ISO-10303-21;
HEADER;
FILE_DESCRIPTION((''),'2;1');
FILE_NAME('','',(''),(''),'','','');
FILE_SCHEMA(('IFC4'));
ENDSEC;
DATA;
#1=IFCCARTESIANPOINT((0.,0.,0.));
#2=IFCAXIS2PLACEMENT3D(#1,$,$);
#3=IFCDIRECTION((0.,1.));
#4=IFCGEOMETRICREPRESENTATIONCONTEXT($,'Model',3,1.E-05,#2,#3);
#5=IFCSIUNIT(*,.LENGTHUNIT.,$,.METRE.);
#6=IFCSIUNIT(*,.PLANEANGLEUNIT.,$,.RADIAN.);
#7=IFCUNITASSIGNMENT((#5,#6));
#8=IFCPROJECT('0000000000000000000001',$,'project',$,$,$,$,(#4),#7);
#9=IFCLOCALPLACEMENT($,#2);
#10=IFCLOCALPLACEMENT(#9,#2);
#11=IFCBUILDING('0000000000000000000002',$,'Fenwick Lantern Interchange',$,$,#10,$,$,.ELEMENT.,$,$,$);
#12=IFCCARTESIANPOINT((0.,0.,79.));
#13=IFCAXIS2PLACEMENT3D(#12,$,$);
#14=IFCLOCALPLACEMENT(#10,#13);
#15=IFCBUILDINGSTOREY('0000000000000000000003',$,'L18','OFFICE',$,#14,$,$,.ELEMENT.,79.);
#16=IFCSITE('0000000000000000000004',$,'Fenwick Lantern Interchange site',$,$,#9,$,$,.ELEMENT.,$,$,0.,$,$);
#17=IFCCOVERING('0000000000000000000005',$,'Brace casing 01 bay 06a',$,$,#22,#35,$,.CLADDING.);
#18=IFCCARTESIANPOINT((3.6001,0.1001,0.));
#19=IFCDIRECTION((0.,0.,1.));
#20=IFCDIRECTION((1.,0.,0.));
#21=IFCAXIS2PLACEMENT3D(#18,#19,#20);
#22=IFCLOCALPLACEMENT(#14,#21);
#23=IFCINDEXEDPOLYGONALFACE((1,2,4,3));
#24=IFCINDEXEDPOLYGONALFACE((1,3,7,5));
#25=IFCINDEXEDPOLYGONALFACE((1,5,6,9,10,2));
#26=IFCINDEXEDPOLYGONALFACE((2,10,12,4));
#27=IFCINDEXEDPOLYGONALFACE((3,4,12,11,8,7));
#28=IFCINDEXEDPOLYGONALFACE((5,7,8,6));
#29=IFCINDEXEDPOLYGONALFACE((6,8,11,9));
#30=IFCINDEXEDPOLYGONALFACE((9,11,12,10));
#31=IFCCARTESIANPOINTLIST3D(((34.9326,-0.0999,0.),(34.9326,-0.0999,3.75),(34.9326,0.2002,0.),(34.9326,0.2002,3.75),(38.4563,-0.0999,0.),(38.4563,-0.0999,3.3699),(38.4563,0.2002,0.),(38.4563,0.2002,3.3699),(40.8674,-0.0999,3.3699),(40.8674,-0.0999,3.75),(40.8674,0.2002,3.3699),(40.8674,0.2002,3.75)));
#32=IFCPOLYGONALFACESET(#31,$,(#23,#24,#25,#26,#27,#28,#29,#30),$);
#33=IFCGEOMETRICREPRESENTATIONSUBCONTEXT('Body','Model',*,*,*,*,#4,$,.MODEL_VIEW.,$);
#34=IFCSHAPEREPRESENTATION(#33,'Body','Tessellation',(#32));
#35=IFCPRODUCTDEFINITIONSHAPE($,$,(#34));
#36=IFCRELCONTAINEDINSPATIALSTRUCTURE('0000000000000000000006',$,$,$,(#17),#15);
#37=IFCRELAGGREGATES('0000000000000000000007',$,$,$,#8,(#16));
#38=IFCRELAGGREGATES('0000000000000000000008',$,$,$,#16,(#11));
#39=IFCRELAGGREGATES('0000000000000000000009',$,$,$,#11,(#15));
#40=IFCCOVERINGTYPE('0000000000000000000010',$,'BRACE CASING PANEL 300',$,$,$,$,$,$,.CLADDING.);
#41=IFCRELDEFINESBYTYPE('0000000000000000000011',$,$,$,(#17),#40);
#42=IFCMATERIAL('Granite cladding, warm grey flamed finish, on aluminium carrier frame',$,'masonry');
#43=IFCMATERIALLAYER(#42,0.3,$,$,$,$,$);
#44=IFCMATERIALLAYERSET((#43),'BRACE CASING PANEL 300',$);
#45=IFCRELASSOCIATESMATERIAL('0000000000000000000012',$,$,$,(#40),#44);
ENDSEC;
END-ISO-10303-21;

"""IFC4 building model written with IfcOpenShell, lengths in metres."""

from ifc_helpers import new_model, si_unit, direction, frame, origin, place, context, subcontext, project, spatial, polyline, outline, extrude, material, layer, layer_set, type_object, element, save


model = new_model("IFC4")

# Units and contexts
model_context = context("Model", 3, precision=1e-05, world=origin(), true_north=direction((0.0, 1.0)))
body_context = subcontext(model_context, "Body", "Model", "MODEL_VIEW")
ifc_project = project(units=[si_unit("LENGTHUNIT", "METRE"), si_unit("PLANEANGLEUNIT", "RADIAN")], contexts=[model_context])

# Site, building, storey
site_placement = place(None, origin())
site = spatial("IfcSite", under=ifc_project, at=site_placement, Name="Fenwick Lantern Interchange site", CompositionType="ELEMENT", RefElevation=0.0)
building_placement = place(site_placement, origin())
building = spatial("IfcBuilding", under=site, at=building_placement, Name="Fenwick Lantern Interchange", CompositionType="ELEMENT")
storey_placement = place(building_placement, frame((0.0, 0.0, 79.0)))
storey = spatial("IfcBuildingStorey", under=building, at=storey_placement, Name="L18", Description="OFFICE", CompositionType="ELEMENT", Elevation=79.0)

# Covering
ifc_material_1 = material(Name="Granite cladding, warm grey flamed finish, on aluminium carrier frame", Category="masonry")
ifc_layer_1 = layer(ifc_material_1, 0.3)
ifc_layer_set_1 = layer_set([ifc_layer_1], Name="BRACE CASING PANEL 300")
covering_type = type_object("IfcCoveringType", Name="BRACE CASING PANEL 300", PredefinedType="CLADDING", material=ifc_layer_set_1)
covering_1_placement = place(storey_placement, frame((3.6001, 0.1001, 0.0), z_axis=(0.0, 0.0, 1.0), x_axis=(1.0, 0.0, 0.0)))
element("IfcCovering", 1, at=covering_1_placement, inside=storey, type_object=covering_type, Name="Brace casing 01 bay 06a", PredefinedType="CLADDING", context=body_context, shape_type="SweptSolid", body=[
    extrude(outline(polyline([(34.9326, 0.0), (38.4563, 0.0), (38.4563, 3.3699), (40.8674, 3.3699), (40.8674, 3.75), (34.9326, 3.75), (34.9326, 0.0)])), frame((0.0, 0.2002, 0.0), z_axis=(0.0, -1.0, 0.0), x_axis=(1.0, 0.0, 0.0)), (0.0, 0.0, 1.0), 0.3),
])

save(model, "model.ifc")
